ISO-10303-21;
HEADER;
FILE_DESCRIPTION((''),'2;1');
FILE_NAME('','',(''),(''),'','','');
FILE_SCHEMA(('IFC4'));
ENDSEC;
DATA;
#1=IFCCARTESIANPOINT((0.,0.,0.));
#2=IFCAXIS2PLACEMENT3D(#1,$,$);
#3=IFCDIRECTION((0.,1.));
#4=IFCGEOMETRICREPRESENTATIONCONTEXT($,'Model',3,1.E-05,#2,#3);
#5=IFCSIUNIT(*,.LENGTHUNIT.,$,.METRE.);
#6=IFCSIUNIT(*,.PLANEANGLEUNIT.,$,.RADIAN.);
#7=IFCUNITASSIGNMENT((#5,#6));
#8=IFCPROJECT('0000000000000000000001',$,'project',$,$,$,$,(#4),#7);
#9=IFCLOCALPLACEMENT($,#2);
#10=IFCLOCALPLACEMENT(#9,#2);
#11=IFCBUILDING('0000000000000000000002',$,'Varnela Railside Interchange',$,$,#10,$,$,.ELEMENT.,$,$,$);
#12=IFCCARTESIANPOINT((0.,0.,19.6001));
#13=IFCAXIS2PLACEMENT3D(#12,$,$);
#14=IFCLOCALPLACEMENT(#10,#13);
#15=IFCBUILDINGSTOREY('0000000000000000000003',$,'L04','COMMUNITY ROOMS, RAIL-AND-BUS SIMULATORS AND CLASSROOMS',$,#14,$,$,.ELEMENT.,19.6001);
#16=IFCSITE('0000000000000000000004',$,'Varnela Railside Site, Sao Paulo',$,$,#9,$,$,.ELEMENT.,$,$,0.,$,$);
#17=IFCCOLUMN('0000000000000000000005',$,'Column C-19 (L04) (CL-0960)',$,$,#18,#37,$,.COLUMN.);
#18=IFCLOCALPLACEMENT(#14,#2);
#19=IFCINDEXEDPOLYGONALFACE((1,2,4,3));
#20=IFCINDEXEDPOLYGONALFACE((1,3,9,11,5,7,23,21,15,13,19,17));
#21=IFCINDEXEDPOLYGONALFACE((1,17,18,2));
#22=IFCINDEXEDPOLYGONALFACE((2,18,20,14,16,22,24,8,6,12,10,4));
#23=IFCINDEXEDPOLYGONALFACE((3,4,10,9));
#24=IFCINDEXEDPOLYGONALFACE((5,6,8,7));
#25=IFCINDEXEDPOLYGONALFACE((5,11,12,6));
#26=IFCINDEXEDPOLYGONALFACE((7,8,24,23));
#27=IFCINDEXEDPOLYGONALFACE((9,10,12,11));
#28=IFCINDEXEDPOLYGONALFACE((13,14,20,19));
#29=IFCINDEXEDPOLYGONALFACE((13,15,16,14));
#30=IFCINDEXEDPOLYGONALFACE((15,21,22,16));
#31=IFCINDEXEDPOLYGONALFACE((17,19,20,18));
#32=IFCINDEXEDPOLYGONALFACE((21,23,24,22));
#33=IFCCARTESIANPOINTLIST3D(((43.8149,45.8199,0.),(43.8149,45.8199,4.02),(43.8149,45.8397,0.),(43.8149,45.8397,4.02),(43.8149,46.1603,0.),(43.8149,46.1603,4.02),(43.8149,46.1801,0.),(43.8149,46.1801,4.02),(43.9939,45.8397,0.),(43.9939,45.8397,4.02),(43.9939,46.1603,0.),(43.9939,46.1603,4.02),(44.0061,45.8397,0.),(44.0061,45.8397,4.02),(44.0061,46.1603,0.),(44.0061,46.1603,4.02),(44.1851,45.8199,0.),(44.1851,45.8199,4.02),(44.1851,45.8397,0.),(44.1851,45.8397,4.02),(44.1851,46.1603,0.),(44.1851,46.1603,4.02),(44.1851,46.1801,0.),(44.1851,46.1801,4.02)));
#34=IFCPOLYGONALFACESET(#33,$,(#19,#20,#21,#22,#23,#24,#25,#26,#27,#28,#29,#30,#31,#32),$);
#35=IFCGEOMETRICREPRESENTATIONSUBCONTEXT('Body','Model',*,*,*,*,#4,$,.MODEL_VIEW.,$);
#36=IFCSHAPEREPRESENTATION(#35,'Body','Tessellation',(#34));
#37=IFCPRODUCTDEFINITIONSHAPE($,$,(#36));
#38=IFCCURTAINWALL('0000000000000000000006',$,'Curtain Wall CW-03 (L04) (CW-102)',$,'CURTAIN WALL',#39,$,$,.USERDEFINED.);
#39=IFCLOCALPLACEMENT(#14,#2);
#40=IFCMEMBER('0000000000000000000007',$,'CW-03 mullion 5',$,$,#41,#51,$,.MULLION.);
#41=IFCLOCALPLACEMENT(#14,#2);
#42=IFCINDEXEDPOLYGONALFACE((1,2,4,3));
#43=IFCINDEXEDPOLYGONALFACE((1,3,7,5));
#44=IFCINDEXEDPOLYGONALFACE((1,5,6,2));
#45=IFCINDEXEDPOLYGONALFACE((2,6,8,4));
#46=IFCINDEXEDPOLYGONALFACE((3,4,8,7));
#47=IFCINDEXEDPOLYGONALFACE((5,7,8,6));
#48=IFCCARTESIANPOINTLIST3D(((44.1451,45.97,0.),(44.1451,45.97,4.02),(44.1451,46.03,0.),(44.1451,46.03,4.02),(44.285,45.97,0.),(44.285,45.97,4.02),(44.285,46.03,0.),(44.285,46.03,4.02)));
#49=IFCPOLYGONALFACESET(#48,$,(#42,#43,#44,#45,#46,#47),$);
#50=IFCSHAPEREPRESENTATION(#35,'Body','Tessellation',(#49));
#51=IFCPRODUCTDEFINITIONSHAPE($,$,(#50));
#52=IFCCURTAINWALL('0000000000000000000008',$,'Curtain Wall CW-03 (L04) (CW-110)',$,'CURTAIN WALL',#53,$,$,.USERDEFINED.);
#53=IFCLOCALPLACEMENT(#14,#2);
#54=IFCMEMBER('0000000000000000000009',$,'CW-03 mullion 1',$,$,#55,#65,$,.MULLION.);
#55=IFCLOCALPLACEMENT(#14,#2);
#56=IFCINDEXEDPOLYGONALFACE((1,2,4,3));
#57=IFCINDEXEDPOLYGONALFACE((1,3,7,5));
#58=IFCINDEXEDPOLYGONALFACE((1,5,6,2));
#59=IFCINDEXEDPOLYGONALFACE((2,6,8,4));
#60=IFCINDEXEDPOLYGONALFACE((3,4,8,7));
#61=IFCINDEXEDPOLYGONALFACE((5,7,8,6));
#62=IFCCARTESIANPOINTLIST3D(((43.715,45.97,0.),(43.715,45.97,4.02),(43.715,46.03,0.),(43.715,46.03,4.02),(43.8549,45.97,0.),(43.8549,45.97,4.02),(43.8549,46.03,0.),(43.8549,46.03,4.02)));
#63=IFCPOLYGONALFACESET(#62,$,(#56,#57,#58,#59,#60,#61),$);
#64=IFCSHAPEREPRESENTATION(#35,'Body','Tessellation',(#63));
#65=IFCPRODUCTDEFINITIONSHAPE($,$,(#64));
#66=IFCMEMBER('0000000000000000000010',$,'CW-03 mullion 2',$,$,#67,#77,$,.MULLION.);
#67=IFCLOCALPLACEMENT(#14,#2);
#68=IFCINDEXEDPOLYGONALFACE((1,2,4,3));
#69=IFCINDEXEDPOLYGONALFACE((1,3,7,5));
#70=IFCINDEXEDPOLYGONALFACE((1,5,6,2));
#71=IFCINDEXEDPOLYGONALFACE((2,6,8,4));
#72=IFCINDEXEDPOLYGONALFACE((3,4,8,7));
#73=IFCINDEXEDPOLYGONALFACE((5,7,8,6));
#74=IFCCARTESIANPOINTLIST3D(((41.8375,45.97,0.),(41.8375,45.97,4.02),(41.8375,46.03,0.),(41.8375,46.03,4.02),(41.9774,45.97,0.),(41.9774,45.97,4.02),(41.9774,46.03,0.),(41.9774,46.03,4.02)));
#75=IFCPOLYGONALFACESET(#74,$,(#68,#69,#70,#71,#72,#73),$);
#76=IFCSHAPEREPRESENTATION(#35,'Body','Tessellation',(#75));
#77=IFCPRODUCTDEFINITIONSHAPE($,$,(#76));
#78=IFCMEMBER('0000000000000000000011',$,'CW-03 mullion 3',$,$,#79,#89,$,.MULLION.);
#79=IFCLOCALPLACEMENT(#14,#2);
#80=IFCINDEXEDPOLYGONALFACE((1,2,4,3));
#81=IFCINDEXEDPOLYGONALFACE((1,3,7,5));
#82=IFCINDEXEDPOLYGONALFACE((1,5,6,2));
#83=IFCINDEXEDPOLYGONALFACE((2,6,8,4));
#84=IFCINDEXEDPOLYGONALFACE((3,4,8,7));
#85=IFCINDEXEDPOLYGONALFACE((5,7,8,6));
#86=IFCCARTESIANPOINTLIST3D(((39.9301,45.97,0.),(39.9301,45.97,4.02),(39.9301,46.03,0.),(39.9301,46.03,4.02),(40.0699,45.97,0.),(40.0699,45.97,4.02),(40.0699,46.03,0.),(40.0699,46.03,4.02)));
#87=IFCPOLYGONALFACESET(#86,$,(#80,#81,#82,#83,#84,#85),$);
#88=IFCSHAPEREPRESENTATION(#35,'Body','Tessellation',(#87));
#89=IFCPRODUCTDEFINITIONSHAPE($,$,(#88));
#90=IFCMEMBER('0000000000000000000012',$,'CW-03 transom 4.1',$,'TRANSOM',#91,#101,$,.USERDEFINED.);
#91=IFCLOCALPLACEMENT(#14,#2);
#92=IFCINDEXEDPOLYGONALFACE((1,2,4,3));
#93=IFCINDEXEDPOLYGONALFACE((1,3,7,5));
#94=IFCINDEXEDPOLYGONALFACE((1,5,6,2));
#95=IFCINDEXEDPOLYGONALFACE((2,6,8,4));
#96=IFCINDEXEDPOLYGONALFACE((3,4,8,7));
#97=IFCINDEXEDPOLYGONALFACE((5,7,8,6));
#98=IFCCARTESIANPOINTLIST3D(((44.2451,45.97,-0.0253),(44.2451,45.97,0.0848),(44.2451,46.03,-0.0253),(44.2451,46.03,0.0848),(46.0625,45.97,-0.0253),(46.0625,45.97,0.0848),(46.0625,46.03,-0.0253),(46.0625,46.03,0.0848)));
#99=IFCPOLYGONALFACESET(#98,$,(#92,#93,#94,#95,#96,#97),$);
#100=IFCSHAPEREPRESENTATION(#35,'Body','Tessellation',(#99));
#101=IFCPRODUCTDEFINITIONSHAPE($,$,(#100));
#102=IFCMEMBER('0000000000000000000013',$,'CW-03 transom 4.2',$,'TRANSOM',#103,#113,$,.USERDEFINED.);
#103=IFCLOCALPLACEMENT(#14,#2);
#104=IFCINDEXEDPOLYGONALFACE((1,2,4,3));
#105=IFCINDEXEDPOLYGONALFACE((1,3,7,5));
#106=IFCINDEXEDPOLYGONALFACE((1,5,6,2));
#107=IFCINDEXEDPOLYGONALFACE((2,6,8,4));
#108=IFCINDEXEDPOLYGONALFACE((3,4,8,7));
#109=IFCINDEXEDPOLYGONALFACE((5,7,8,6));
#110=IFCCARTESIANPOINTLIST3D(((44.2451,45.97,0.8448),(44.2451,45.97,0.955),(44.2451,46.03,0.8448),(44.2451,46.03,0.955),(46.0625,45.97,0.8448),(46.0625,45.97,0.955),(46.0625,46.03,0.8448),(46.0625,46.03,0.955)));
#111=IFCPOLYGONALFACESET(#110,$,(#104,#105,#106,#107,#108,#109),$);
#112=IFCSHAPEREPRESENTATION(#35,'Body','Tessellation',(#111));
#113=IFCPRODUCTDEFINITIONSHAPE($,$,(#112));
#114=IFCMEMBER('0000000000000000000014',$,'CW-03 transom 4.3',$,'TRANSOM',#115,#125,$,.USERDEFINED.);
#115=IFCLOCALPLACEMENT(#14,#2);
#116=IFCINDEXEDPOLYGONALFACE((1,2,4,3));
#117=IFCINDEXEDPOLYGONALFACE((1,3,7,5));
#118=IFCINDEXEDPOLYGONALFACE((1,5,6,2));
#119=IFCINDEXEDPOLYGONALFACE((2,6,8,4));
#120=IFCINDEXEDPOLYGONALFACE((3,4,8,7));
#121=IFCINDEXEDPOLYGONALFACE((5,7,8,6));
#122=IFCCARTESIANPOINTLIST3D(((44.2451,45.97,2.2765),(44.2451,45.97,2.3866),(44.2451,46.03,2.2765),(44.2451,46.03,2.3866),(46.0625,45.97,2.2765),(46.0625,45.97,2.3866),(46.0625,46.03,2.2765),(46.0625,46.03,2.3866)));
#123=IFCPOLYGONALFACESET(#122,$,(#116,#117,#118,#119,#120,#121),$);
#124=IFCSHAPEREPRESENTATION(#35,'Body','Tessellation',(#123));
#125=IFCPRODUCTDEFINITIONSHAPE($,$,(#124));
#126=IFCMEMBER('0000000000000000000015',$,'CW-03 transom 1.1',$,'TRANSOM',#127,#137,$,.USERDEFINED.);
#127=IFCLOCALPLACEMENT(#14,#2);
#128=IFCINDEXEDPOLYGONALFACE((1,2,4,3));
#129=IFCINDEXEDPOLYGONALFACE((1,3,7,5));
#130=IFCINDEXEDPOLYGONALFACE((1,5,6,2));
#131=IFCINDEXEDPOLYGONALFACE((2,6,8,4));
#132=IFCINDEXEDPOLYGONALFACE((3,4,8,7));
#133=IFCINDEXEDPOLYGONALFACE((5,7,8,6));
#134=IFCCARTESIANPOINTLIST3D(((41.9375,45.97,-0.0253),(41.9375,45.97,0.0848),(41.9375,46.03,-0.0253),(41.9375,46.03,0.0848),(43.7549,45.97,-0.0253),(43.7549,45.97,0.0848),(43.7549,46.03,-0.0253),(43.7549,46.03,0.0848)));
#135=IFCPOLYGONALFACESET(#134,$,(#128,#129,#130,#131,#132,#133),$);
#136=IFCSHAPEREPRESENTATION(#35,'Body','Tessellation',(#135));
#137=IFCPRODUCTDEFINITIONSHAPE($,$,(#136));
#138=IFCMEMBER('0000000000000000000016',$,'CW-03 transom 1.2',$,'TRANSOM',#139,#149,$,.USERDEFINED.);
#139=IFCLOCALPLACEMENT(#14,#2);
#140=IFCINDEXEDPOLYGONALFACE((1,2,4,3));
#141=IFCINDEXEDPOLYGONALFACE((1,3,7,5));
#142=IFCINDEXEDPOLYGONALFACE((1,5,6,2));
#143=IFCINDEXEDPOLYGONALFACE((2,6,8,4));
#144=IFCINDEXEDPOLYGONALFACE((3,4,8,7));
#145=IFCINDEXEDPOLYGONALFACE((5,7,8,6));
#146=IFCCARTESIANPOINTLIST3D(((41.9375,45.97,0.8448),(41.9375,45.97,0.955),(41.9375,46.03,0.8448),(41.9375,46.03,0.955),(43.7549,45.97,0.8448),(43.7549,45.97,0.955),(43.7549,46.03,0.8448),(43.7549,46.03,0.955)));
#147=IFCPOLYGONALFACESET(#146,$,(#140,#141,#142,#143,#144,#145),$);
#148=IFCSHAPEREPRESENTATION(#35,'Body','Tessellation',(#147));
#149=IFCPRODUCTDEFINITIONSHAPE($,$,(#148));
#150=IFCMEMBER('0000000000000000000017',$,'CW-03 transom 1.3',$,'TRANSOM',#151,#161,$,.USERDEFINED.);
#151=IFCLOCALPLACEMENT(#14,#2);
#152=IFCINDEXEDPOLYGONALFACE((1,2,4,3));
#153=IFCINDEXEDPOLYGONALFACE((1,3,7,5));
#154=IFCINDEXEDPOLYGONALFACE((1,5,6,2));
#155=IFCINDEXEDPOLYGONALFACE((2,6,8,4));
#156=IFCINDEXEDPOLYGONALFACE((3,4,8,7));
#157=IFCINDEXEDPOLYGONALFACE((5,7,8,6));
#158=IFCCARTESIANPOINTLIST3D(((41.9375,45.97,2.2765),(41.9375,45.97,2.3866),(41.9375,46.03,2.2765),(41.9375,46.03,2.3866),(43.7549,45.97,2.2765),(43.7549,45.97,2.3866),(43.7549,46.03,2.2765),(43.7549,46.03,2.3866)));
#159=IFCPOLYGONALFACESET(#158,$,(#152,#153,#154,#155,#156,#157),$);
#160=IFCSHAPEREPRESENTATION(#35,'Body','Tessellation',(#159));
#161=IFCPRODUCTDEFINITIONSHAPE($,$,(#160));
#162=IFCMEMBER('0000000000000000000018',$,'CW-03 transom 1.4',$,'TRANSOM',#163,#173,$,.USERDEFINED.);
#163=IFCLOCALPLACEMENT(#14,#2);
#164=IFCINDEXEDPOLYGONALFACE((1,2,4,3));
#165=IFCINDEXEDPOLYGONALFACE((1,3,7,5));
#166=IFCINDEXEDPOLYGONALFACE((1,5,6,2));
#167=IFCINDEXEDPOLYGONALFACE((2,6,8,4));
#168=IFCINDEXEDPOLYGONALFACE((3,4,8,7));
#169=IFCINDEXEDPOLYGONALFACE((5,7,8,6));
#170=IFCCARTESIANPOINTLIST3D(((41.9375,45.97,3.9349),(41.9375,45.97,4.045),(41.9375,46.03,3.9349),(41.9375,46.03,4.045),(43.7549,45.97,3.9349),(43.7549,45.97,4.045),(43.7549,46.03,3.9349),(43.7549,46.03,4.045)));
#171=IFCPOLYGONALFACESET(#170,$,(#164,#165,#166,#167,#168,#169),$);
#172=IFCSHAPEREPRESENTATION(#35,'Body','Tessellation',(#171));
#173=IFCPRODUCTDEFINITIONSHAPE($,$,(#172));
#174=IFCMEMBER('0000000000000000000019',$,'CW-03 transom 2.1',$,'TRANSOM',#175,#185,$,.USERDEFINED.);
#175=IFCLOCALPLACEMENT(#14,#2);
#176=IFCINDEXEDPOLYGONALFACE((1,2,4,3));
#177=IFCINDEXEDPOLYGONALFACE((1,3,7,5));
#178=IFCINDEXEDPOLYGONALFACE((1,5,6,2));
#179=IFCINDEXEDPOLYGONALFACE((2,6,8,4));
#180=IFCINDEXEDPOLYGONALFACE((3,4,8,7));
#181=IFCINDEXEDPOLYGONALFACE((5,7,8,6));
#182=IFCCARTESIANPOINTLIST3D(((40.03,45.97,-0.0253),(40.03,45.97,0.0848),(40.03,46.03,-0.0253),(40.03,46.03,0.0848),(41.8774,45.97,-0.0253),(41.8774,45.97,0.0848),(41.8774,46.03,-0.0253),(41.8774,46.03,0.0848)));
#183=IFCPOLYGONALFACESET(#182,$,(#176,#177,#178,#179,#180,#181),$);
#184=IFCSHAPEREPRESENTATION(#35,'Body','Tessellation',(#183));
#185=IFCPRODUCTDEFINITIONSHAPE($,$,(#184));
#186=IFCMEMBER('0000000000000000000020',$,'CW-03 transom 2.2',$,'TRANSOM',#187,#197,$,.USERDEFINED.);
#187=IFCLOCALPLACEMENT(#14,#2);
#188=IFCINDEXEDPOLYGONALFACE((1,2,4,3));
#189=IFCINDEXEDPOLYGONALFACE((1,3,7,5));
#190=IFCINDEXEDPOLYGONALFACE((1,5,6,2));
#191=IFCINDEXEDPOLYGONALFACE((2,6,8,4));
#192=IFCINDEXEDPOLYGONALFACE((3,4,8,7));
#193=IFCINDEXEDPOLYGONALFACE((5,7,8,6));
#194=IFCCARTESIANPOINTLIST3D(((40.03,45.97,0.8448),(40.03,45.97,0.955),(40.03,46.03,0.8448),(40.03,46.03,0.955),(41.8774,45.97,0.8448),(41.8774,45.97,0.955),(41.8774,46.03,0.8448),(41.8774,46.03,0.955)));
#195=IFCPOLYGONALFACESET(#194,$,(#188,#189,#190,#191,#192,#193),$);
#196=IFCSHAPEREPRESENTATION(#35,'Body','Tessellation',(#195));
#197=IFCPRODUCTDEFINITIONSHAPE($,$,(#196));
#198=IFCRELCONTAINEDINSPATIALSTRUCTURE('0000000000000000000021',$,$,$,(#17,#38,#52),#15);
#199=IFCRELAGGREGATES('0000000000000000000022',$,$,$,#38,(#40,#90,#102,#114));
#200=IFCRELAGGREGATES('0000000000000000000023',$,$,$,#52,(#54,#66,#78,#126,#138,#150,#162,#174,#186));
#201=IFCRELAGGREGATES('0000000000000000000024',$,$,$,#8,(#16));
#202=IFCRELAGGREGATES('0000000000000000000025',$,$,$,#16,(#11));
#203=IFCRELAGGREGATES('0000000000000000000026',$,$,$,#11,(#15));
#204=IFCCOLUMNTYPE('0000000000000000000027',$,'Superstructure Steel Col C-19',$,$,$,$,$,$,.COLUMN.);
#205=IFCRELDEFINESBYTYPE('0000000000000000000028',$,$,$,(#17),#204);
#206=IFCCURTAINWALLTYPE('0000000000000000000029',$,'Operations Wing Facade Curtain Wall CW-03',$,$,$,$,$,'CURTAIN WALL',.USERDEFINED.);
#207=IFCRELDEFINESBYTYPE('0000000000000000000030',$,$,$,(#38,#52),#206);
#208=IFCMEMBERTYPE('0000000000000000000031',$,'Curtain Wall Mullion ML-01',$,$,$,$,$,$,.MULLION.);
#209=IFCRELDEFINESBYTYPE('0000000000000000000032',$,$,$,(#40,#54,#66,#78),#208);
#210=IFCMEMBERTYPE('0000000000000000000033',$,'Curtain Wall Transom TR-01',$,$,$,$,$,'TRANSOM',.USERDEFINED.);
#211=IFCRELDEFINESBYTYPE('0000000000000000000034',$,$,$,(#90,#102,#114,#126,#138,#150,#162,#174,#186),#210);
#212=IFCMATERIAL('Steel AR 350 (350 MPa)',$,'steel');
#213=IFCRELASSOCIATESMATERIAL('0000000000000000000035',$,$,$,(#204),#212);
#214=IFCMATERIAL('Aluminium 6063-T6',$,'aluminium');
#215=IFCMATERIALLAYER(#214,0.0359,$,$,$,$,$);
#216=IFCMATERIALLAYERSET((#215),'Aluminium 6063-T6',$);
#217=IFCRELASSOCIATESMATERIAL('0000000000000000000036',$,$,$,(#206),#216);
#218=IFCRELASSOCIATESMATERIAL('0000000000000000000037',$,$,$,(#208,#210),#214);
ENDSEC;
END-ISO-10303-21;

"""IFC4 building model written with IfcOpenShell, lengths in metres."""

from ifc_helpers import new_model, si_unit, direction, frame, origin, origin_2d, place, context, subcontext, project, spatial, rectangle, i_section, extrude, material, layer, layer_set, material_profile, profile_set, type_object, element, aggregate, save


model = new_model("IFC4")

# Units and contexts
model_context = context("Model", 3, precision=1e-05, world=origin(), true_north=direction((0.0, 1.0)))
body_context = subcontext(model_context, "Body", "Model", "MODEL_VIEW")
ifc_project = project(units=[si_unit("LENGTHUNIT", "METRE"), si_unit("PLANEANGLEUNIT", "RADIAN")], contexts=[model_context])

# Site, building, storey
site_placement = place(None, origin())
site = spatial("IfcSite", under=ifc_project, at=site_placement, Name="Varnela Railside Site, Sao Paulo", CompositionType="ELEMENT", RefElevation=0.0)
building_placement = place(site_placement, origin())
building = spatial("IfcBuilding", under=site, at=building_placement, Name="Varnela Railside Interchange", CompositionType="ELEMENT")
storey_placement = place(building_placement, frame((0.0, 0.0, 19.6001)))
storey = spatial("IfcBuildingStorey", under=building, at=storey_placement, Name="L04", Description="COMMUNITY ROOMS, RAIL-AND-BUS SIMULATORS AND CLASSROOMS", CompositionType="ELEMENT", Elevation=19.6001)

# Column
ifc_material_1 = material(Name="Steel AR 350 (350 MPa)", Category="steel")
ifc_material_profile_1 = material_profile(ifc_material_1, i_section(OverallWidth=0.3701, OverallDepth=0.3601, WebThickness=0.0122, FlangeThickness=0.0198, at=origin_2d()), Name="W360x147")
ifc_profile_set_1 = profile_set([ifc_material_profile_1], Name="Steel AR 350 (350 MPa)")
column_type = type_object("IfcColumnType", Name="Superstructure Steel Col C-19", PredefinedType="COLUMN", material=ifc_profile_set_1)
column_placement = place(storey_placement, frame((44.0, 46.0, 0.0), z_axis=(0.0, 0.0, 1.0), x_axis=(1.0, 0.0, 0.0)))
element("IfcColumn", 1, at=column_placement, inside=storey, type_object=column_type, Name="Column C-19 (L04) (CL-0960)", PredefinedType="COLUMN", context=body_context, shape_type="SweptSolid", body=[
    extrude(i_section(OverallWidth=0.3701, OverallDepth=0.3601, WebThickness=0.0122, FlangeThickness=0.0198, at=origin_2d()), origin(), (0.0, 0.0, 1.0), 4.02),
])

# Curtain wall, member
ifc_material_2 = material(Name="Aluminium 6063-T6", Category="aluminium")
ifc_layer_1 = layer(ifc_material_2, 0.0359)
ifc_layer_set_1 = layer_set([ifc_layer_1], Name="Aluminium 6063-T6")
curtain_wall_type = type_object("IfcCurtainWallType", Name="Operations Wing Facade Curtain Wall CW-03", ElementType="CURTAIN WALL", PredefinedType="USERDEFINED", material=ifc_layer_set_1)
curtain_wall_1_placement = place(storey_placement, origin())
curtain_wall_1 = element("IfcCurtainWall", 2, at=curtain_wall_1_placement, inside=storey, type_object=curtain_wall_type, Name="Curtain Wall CW-03 (L04) (CW-102)", ObjectType="CURTAIN WALL", PredefinedType="USERDEFINED")
ifc_material_profile_2 = material_profile(ifc_material_2, rectangle(XDim=0.0601, YDim=0.1399, at=origin_2d()), Name="ALU 60x140")
ifc_profile_set_2 = profile_set([ifc_material_profile_2], Name="Aluminium 6063-T6")
member_type_1 = type_object("IfcMemberType", Name="Curtain Wall Mullion ML-01", PredefinedType="MULLION", material=ifc_profile_set_2)
member_1_placement = place(storey_placement, frame((44.2151, 46.0, 0.0), z_axis=(0.0, 0.0, 1.0), x_axis=(0.0, -1.0, 0.0)))
member_1 = element("IfcMember", 3, at=member_1_placement, type_object=member_type_1, Name="CW-03 mullion 5", PredefinedType="MULLION", context=body_context, shape_type="SweptSolid", body=[
    extrude(rectangle(XDim=0.0601, YDim=0.1399, at=origin_2d()), origin(), (0.0, 0.0, 1.0), 4.02),
])

# Curtain wall, members
curtain_wall_2_placement = place(storey_placement, origin())
curtain_wall_2 = element("IfcCurtainWall", 4, at=curtain_wall_2_placement, inside=storey, type_object=curtain_wall_type, Name="Curtain Wall CW-03 (L04) (CW-110)", ObjectType="CURTAIN WALL", PredefinedType="USERDEFINED")
member_2_placement = place(storey_placement, frame((43.7849, 46.0, 0.0), z_axis=(0.0, 0.0, 1.0), x_axis=(0.0, -1.0, 0.0)))
member_2 = element("IfcMember", 5, at=member_2_placement, type_object=member_type_1, Name="CW-03 mullion 1", PredefinedType="MULLION", context=body_context, shape_type="SweptSolid", body=[
    extrude(rectangle(XDim=0.0601, YDim=0.1399, at=origin_2d()), origin(), (0.0, 0.0, 1.0), 4.02),
])
member_3_placement = place(storey_placement, frame((41.9075, 46.0, 0.0), z_axis=(0.0, 0.0, 1.0), x_axis=(0.0, -1.0, 0.0)))
member_3 = element("IfcMember", 6, at=member_3_placement, type_object=member_type_1, Name="CW-03 mullion 2", PredefinedType="MULLION", context=body_context, shape_type="SweptSolid", body=[
    extrude(rectangle(XDim=0.0601, YDim=0.1399, at=origin_2d()), origin(), (0.0, 0.0, 1.0), 4.02),
])
member_4_placement = place(storey_placement, frame((40.0, 46.0, 0.0), z_axis=(0.0, 0.0, 1.0), x_axis=(0.0, -1.0, 0.0)))
member_4 = element("IfcMember", 7, at=member_4_placement, type_object=member_type_1, Name="CW-03 mullion 3", PredefinedType="MULLION", context=body_context, shape_type="SweptSolid", body=[
    extrude(rectangle(XDim=0.0601, YDim=0.1399, at=origin_2d()), origin(), (0.0, 0.0, 1.0), 4.02),
])

# Members
ifc_material_profile_3 = material_profile(ifc_material_2, rectangle(XDim=0.0601, YDim=0.1101, at=origin_2d()), Name="ALU 60x110")
ifc_profile_set_3 = profile_set([ifc_material_profile_3], Name="Aluminium 6063-T6")
member_type_2 = type_object("IfcMemberType", Name="Curtain Wall Transom TR-01", ElementType="TRANSOM", PredefinedType="USERDEFINED", material=ifc_profile_set_3)
member_5_placement = place(storey_placement, frame((46.0625, 46.0, 0.0298), z_axis=(-1.0, 0.0, 0.0), x_axis=(0.0, -1.0, 0.0)))
member_5 = element("IfcMember", 8, at=member_5_placement, type_object=member_type_2, Name="CW-03 transom 4.1", ObjectType="TRANSOM", PredefinedType="USERDEFINED", context=body_context, shape_type="SweptSolid", body=[
    extrude(rectangle(XDim=0.0601, YDim=0.1101, at=origin_2d()), origin(), (0.0, 0.0, 1.0), 1.8174),
])
member_6_placement = place(storey_placement, frame((46.0625, 46.0, 0.8999), z_axis=(-1.0, 0.0, 0.0), x_axis=(0.0, -1.0, 0.0)))
member_6 = element("IfcMember", 9, at=member_6_placement, type_object=member_type_2, Name="CW-03 transom 4.2", ObjectType="TRANSOM", PredefinedType="USERDEFINED", context=body_context, shape_type="SweptSolid", body=[
    extrude(rectangle(XDim=0.0601, YDim=0.1101, at=origin_2d()), origin(), (0.0, 0.0, 1.0), 1.8174),
])
member_7_placement = place(storey_placement, frame((46.0625, 46.0, 2.3315), z_axis=(-1.0, 0.0, 0.0), x_axis=(0.0, -1.0, 0.0)))
member_7 = element("IfcMember", 10, at=member_7_placement, type_object=member_type_2, Name="CW-03 transom 4.3", ObjectType="TRANSOM", PredefinedType="USERDEFINED", context=body_context, shape_type="SweptSolid", body=[
    extrude(rectangle(XDim=0.0601, YDim=0.1101, at=origin_2d()), origin(), (0.0, 0.0, 1.0), 1.8174),
])
member_8_placement = place(storey_placement, frame((43.7549, 46.0, 0.0298), z_axis=(-1.0, 0.0, 0.0), x_axis=(0.0, -1.0, 0.0)))
member_8 = element("IfcMember", 11, at=member_8_placement, type_object=member_type_2, Name="CW-03 transom 1.1", ObjectType="TRANSOM", PredefinedType="USERDEFINED", context=body_context, shape_type="SweptSolid", body=[
    extrude(rectangle(XDim=0.0601, YDim=0.1101, at=origin_2d()), origin(), (0.0, 0.0, 1.0), 1.8174),
])
member_9_placement = place(storey_placement, frame((43.7549, 46.0, 0.8999), z_axis=(-1.0, 0.0, 0.0), x_axis=(0.0, -1.0, 0.0)))
member_9 = element("IfcMember", 12, at=member_9_placement, type_object=member_type_2, Name="CW-03 transom 1.2", ObjectType="TRANSOM", PredefinedType="USERDEFINED", context=body_context, shape_type="SweptSolid", body=[
    extrude(rectangle(XDim=0.0601, YDim=0.1101, at=origin_2d()), origin(), (0.0, 0.0, 1.0), 1.8174),
])
member_10_placement = place(storey_placement, frame((43.7549, 46.0, 2.3315), z_axis=(-1.0, 0.0, 0.0), x_axis=(0.0, -1.0, 0.0)))
member_10 = element("IfcMember", 13, at=member_10_placement, type_object=member_type_2, Name="CW-03 transom 1.3", ObjectType="TRANSOM", PredefinedType="USERDEFINED", context=body_context, shape_type="SweptSolid", body=[
    extrude(rectangle(XDim=0.0601, YDim=0.1101, at=origin_2d()), origin(), (0.0, 0.0, 1.0), 1.8174),
])
member_11_placement = place(storey_placement, frame((43.7549, 46.0, 3.99), z_axis=(-1.0, 0.0, 0.0), x_axis=(0.0, -1.0, 0.0)))
member_11 = element("IfcMember", 14, at=member_11_placement, type_object=member_type_2, Name="CW-03 transom 1.4", ObjectType="TRANSOM", PredefinedType="USERDEFINED", context=body_context, shape_type="SweptSolid", body=[
    extrude(rectangle(XDim=0.0601, YDim=0.1101, at=origin_2d()), origin(), (0.0, 0.0, 1.0), 1.8174),
])
member_12_placement = place(storey_placement, frame((41.8774, 46.0, 0.0298), z_axis=(-1.0, 0.0, 0.0), x_axis=(0.0, -1.0, 0.0)))
member_12 = element("IfcMember", 15, at=member_12_placement, type_object=member_type_2, Name="CW-03 transom 2.1", ObjectType="TRANSOM", PredefinedType="USERDEFINED", context=body_context, shape_type="SweptSolid", body=[
    extrude(rectangle(XDim=0.0601, YDim=0.1101, at=origin_2d()), origin(), (0.0, 0.0, 1.0), 1.8474),
])
member_13_placement = place(storey_placement, frame((41.8774, 46.0, 0.8999), z_axis=(-1.0, 0.0, 0.0), x_axis=(0.0, -1.0, 0.0)))
member_13 = element("IfcMember", 16, at=member_13_placement, type_object=member_type_2, Name="CW-03 transom 2.2", ObjectType="TRANSOM", PredefinedType="USERDEFINED", context=body_context, shape_type="SweptSolid", body=[
    extrude(rectangle(XDim=0.0601, YDim=0.1101, at=origin_2d()), origin(), (0.0, 0.0, 1.0), 1.8474),
])

aggregate(curtain_wall_1, [member_1, member_5, member_6, member_7])
aggregate(curtain_wall_2, [member_2, member_3, member_4, member_8, member_9, member_10, member_11, member_12, member_13])

save(model, "model.ifc")
